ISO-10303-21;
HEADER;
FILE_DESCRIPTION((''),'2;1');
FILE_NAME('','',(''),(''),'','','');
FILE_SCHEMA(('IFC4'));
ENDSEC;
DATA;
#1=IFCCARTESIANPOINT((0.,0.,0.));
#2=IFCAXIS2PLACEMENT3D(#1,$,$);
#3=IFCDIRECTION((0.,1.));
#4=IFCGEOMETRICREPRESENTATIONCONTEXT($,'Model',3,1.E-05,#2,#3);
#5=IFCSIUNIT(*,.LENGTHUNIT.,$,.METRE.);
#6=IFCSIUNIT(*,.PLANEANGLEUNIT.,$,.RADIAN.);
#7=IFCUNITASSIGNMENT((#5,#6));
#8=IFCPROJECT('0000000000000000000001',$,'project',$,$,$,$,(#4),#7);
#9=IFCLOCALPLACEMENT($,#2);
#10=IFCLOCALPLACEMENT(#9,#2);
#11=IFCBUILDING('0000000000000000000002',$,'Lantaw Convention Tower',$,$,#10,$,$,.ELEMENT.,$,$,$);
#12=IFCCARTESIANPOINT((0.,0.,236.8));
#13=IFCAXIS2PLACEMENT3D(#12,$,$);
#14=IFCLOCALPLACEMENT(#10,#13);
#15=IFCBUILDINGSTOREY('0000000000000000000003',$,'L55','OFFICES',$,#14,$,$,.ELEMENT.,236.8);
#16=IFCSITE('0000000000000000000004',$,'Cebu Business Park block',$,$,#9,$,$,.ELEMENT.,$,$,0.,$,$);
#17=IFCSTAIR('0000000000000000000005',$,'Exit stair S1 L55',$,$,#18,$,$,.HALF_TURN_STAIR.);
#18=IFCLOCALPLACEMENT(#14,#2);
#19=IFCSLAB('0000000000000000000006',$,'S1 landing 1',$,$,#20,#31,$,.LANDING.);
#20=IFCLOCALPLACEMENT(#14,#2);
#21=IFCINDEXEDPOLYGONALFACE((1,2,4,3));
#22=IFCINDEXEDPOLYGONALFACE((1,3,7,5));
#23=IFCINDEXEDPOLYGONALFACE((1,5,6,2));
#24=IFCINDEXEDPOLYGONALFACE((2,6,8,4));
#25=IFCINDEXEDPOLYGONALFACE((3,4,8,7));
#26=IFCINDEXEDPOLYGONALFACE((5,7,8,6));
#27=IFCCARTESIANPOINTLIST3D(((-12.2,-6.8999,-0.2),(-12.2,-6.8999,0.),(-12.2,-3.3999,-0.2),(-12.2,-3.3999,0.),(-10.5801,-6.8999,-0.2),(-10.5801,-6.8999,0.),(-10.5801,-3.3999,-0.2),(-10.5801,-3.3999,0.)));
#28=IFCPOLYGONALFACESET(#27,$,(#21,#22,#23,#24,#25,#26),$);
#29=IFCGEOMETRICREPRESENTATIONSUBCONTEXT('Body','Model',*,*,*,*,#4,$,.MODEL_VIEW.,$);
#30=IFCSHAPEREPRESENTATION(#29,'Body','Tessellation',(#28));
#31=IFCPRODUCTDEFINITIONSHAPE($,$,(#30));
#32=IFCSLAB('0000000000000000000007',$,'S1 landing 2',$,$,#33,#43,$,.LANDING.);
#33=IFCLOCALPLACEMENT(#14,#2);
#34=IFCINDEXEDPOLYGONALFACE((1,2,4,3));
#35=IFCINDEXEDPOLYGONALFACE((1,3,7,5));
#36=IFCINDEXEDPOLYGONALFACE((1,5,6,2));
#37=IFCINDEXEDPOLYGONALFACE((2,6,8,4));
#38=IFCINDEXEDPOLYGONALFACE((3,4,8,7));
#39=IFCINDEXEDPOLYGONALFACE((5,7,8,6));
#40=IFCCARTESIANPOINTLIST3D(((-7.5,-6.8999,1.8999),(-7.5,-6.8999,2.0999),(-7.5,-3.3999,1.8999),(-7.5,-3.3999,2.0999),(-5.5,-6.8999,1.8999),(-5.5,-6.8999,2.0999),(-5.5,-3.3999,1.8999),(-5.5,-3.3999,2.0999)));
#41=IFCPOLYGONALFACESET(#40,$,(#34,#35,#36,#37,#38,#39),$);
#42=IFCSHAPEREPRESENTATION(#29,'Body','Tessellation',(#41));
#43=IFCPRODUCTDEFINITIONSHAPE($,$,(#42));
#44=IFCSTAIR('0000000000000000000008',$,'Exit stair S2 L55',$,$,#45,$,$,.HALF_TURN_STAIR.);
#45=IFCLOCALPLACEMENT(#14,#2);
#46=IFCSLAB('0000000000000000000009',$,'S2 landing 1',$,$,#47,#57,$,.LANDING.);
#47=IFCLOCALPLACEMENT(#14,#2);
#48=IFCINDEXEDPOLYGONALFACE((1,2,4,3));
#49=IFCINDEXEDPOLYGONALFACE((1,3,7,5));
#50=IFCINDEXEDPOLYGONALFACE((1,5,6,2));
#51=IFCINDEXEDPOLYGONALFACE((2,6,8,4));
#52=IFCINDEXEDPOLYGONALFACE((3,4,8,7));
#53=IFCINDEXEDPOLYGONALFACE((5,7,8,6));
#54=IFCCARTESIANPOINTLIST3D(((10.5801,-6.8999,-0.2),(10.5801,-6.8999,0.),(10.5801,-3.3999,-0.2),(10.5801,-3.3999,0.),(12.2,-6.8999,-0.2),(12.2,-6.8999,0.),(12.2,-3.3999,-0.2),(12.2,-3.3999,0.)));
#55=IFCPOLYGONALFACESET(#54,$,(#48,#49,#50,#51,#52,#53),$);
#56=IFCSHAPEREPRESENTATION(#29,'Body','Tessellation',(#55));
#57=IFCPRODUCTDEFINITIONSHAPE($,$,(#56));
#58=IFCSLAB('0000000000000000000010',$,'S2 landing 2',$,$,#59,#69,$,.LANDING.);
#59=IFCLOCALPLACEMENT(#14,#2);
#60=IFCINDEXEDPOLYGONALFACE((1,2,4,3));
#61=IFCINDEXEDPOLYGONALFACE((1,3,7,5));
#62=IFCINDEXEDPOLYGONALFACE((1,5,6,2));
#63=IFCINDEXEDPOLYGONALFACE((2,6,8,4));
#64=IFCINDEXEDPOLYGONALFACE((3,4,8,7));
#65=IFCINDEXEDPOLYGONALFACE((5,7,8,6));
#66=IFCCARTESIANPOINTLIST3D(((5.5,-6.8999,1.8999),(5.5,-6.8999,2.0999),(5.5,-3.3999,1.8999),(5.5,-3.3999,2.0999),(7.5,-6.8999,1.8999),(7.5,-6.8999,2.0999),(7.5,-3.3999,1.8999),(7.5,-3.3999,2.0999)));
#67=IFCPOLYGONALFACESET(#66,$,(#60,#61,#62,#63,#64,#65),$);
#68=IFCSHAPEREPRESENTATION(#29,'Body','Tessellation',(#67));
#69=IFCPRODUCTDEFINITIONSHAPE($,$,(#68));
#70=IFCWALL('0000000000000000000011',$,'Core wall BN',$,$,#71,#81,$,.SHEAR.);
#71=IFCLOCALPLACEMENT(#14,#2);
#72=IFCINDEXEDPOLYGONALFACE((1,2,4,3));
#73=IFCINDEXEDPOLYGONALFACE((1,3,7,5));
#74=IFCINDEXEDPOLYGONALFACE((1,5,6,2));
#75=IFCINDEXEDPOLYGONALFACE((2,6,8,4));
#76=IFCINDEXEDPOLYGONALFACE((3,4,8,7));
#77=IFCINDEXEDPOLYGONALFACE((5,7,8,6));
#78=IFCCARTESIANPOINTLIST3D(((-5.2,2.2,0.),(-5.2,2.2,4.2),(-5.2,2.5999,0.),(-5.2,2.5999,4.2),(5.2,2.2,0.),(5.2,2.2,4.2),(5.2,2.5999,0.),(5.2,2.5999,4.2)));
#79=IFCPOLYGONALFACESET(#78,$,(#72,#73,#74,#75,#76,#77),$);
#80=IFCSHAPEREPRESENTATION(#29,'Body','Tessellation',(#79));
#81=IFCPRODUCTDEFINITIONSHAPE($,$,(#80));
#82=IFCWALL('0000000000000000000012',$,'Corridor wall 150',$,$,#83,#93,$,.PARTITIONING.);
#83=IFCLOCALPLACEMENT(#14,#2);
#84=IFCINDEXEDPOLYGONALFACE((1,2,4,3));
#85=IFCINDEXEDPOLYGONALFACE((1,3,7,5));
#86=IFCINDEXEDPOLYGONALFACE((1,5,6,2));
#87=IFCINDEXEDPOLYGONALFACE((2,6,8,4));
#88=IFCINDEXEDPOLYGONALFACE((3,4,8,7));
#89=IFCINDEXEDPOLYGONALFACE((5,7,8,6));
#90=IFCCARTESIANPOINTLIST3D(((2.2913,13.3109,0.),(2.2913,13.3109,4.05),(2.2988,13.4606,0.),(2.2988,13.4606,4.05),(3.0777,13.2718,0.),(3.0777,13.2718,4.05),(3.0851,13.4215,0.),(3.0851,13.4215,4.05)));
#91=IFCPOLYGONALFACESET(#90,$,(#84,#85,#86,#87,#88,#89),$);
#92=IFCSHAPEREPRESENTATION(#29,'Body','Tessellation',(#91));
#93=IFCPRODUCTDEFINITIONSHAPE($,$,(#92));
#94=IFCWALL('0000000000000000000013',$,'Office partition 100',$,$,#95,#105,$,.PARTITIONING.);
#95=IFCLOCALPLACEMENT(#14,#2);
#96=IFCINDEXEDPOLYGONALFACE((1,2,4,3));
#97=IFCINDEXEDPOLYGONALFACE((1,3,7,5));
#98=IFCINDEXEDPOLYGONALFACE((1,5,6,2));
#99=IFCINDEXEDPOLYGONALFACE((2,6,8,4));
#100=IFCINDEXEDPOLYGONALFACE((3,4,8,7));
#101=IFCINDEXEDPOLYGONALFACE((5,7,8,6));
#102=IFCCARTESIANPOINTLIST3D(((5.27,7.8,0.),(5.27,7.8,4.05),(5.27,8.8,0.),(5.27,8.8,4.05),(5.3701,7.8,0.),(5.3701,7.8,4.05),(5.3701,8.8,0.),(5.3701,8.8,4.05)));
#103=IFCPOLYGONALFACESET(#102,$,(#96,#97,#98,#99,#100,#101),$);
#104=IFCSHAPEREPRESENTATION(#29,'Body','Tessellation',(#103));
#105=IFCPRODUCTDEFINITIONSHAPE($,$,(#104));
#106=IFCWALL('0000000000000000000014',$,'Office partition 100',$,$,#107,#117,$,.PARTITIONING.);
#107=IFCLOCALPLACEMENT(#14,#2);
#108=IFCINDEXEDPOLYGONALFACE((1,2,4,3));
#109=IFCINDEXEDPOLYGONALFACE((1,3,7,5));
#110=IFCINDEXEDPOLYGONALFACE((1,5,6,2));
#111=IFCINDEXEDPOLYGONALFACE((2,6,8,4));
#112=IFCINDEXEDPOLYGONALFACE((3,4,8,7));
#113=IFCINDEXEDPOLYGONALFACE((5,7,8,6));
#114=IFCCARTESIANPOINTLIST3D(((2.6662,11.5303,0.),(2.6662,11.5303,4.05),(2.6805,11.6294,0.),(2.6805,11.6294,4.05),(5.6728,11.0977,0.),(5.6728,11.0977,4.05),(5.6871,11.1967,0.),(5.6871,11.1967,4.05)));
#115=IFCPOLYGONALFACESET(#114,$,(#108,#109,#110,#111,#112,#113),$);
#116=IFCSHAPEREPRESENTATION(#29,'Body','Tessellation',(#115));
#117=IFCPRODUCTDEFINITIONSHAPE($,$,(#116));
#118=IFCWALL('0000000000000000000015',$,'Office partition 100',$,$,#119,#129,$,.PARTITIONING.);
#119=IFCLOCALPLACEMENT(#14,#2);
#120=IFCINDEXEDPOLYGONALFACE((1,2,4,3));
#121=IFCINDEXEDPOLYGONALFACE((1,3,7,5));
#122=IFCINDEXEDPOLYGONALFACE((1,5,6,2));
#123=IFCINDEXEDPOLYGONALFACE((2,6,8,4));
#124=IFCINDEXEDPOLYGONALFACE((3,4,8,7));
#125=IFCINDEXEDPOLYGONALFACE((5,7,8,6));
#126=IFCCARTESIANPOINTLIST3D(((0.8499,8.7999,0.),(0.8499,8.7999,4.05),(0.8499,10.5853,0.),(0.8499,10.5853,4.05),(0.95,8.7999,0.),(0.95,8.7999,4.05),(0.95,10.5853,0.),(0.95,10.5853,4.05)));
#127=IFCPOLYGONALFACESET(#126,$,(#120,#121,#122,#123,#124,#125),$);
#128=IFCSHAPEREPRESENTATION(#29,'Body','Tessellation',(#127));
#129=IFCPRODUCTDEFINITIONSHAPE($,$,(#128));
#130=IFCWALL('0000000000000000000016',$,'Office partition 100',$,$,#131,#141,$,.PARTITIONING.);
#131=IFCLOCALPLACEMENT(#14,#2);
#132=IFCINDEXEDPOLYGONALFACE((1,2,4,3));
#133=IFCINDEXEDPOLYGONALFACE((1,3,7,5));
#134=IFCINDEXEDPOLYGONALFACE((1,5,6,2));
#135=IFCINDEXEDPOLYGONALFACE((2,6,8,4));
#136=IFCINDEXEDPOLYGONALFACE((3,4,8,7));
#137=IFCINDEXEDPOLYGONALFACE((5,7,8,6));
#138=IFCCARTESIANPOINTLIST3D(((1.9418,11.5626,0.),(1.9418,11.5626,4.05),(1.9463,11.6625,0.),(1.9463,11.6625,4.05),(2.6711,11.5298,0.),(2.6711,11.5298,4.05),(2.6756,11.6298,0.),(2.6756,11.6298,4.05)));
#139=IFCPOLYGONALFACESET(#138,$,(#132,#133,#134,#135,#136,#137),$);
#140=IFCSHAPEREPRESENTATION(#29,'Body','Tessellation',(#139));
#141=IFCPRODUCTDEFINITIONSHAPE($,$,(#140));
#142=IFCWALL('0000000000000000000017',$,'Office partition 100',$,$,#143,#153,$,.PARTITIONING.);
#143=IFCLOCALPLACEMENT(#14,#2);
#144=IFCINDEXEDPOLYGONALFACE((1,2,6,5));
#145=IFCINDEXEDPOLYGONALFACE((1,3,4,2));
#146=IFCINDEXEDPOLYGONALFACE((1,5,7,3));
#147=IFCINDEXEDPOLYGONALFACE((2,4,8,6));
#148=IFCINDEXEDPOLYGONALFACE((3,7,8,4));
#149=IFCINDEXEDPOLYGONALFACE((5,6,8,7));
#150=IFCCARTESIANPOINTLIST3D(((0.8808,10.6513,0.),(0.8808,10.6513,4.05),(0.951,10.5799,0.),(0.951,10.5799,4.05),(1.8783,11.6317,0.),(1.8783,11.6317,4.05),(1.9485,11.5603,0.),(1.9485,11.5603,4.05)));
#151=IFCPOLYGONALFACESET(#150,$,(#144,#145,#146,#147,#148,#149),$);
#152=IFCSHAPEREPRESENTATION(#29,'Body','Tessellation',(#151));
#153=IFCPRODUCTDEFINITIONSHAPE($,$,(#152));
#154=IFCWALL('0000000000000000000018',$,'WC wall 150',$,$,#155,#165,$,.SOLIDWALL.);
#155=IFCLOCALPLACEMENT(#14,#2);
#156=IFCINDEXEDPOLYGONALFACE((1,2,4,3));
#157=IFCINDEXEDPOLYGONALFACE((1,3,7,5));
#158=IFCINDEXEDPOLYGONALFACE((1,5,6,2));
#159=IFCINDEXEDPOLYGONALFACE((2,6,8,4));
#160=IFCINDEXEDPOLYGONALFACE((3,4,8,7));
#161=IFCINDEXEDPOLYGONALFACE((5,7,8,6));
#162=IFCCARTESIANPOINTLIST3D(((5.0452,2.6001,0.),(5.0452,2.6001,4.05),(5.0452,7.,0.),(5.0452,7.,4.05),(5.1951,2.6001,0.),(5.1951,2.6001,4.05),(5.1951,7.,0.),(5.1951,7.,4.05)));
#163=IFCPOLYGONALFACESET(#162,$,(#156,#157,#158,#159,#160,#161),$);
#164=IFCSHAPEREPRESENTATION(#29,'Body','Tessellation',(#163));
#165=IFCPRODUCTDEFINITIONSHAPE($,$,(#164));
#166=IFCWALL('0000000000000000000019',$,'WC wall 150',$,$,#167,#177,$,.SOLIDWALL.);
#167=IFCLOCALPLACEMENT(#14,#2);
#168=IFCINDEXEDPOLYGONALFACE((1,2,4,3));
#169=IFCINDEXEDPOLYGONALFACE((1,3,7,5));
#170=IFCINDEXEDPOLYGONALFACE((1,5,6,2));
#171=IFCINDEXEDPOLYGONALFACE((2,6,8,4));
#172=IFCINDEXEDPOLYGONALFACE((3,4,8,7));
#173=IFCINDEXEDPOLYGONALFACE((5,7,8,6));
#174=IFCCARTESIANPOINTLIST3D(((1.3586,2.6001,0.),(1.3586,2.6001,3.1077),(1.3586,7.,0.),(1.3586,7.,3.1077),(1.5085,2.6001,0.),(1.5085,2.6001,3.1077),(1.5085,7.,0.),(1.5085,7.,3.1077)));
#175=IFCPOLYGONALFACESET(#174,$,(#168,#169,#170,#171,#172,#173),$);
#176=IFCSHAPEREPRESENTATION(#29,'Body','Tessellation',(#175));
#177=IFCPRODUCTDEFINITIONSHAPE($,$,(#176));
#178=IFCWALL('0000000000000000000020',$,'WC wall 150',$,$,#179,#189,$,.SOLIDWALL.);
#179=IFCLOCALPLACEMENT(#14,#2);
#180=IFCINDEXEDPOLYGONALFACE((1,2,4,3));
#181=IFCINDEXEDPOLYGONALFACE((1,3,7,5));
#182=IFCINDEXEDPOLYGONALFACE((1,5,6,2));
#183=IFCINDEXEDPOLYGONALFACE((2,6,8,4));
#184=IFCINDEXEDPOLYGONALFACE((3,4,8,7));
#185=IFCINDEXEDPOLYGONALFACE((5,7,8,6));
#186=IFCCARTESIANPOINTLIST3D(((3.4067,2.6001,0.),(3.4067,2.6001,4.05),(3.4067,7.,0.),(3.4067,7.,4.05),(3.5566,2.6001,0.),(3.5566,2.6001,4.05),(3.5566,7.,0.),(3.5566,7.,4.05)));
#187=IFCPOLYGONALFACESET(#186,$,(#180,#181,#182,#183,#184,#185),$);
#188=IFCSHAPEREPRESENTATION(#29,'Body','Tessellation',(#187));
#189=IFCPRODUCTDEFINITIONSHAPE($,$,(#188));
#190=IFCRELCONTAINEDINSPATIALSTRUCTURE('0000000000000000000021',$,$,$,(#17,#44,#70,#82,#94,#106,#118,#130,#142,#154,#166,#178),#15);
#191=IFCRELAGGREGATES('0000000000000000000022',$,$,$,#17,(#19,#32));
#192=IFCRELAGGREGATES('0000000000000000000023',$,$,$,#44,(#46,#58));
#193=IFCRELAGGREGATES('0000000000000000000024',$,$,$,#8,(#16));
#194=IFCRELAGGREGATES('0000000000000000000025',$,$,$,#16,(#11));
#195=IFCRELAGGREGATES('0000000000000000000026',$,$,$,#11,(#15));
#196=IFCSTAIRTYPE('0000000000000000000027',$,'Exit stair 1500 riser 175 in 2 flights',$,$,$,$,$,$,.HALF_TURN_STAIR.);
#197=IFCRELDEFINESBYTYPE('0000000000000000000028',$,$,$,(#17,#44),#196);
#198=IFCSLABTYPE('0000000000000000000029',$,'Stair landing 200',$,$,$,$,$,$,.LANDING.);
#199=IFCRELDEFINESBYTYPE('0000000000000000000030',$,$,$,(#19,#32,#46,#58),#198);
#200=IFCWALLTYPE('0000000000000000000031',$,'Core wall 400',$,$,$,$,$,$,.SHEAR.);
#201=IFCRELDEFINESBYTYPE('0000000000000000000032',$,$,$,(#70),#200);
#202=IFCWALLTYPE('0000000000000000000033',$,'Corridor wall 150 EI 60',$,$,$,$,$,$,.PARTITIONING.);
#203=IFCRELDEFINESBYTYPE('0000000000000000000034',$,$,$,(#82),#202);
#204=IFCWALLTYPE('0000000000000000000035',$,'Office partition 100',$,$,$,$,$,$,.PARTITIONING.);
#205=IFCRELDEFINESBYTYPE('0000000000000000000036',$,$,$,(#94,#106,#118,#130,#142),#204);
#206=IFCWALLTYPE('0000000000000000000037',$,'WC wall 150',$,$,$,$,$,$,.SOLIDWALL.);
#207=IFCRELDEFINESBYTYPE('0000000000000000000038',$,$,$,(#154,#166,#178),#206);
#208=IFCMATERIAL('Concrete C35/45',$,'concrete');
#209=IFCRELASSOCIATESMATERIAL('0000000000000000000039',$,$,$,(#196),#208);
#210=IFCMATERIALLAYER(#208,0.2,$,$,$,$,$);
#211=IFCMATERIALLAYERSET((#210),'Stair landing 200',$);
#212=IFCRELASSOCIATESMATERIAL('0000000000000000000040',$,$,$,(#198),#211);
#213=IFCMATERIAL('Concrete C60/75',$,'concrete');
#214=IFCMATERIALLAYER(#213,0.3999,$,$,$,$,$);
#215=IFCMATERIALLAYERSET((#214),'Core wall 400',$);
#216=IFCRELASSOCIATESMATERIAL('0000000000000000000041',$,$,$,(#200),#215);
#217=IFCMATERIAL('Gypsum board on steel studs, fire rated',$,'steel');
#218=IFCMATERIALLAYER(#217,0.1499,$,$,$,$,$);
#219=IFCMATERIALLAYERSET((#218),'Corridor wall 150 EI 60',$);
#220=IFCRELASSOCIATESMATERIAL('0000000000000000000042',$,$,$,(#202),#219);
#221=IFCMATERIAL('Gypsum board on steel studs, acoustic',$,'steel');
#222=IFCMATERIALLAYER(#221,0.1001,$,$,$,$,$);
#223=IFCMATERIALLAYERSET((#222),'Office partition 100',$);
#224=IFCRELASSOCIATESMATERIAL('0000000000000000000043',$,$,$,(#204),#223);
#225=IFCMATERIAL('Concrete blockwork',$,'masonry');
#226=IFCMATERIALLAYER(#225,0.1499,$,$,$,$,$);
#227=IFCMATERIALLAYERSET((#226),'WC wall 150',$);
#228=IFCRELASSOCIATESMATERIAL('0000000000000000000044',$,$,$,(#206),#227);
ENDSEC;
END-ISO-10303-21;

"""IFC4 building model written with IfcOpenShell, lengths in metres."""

from ifc_helpers import new_model, si_unit, direction, frame, frame_2d, origin, place, context, subcontext, project, spatial, polyline, rectangle, outline, extrude, material, layer, layer_set, type_object, element, aggregate, save


model = new_model("IFC4")

# Units and contexts
model_context = context("Model", 3, precision=1e-05, world=origin(), true_north=direction((0.0, 1.0)))
body_context = subcontext(model_context, "Body", "Model", "MODEL_VIEW")
ifc_project = project(units=[si_unit("LENGTHUNIT", "METRE"), si_unit("PLANEANGLEUNIT", "RADIAN")], contexts=[model_context])

# Site, building, storey
site_placement = place(None, origin())
site = spatial("IfcSite", under=ifc_project, at=site_placement, Name="Cebu Business Park block", CompositionType="ELEMENT", RefElevation=0.0)
building_placement = place(site_placement, origin())
building = spatial("IfcBuilding", under=site, at=building_placement, Name="Lantaw Convention Tower", CompositionType="ELEMENT")
storey_placement = place(building_placement, frame((0.0, 0.0, 236.8)))
storey = spatial("IfcBuildingStorey", under=building, at=storey_placement, Name="L55", Description="OFFICES", CompositionType="ELEMENT", Elevation=236.8)

# Stairs, slabs
ifc_material_1 = material(Name="Concrete C35/45", Category="concrete")
stair_type = type_object("IfcStairType", Name="Exit stair 1500 riser 175 in 2 flights", PredefinedType="HALF_TURN_STAIR", material=ifc_material_1)
stair_1_placement = place(storey_placement, origin())
stair_1 = element("IfcStair", 1, at=stair_1_placement, inside=storey, type_object=stair_type, Name="Exit stair S1 L55", PredefinedType="HALF_TURN_STAIR")
ifc_layer_1 = layer(ifc_material_1, 0.2)
ifc_layer_set_1 = layer_set([ifc_layer_1], Name="Stair landing 200")
slab_type = type_object("IfcSlabType", Name="Stair landing 200", PredefinedType="LANDING", material=ifc_layer_set_1)
slab_1_placement = place(storey_placement, frame((0.0, 0.0, -0.2)))
slab_1 = element("IfcSlab", 2, at=slab_1_placement, type_object=slab_type, Name="S1 landing 1", PredefinedType="LANDING", context=body_context, shape_type="SweptSolid", body=[
    extrude(outline(polyline([(-12.2, -6.8999), (-10.5801, -6.8999), (-10.5801, -3.3999), (-12.2, -3.3999), (-12.2, -6.8999)])), origin(), (0.0, 0.0, 1.0), 0.2),
])
slab_2_placement = place(storey_placement, frame((0.0, 0.0, 1.8999)))
slab_2 = element("IfcSlab", 3, at=slab_2_placement, type_object=slab_type, Name="S1 landing 2", PredefinedType="LANDING", context=body_context, shape_type="SweptSolid", body=[
    extrude(outline(polyline([(-7.5, -6.8999), (-5.5, -6.8999), (-5.5, -3.3999), (-7.5, -3.3999), (-7.5, -6.8999)])), origin(), (0.0, 0.0, 1.0), 0.2),
])
aggregate(stair_1, [slab_1, slab_2])
stair_2_placement = place(storey_placement, origin())
stair_2 = element("IfcStair", 4, at=stair_2_placement, inside=storey, type_object=stair_type, Name="Exit stair S2 L55", PredefinedType="HALF_TURN_STAIR")
slab_3_placement = place(storey_placement, frame((0.0, 0.0, -0.2)))
slab_3 = element("IfcSlab", 5, at=slab_3_placement, type_object=slab_type, Name="S2 landing 1", PredefinedType="LANDING", context=body_context, shape_type="SweptSolid", body=[
    extrude(outline(polyline([(10.5801, -6.8999), (12.2, -6.8999), (12.2, -3.3999), (10.5801, -3.3999), (10.5801, -6.8999)])), origin(), (0.0, 0.0, 1.0), 0.2),
])
slab_4_placement = place(storey_placement, frame((0.0, 0.0, 1.8999)))
slab_4 = element("IfcSlab", 6, at=slab_4_placement, type_object=slab_type, Name="S2 landing 2", PredefinedType="LANDING", context=body_context, shape_type="SweptSolid", body=[
    extrude(outline(polyline([(5.5, -6.8999), (7.5, -6.8999), (7.5, -3.3999), (5.5, -3.3999), (5.5, -6.8999)])), origin(), (0.0, 0.0, 1.0), 0.2),
])
aggregate(stair_2, [slab_3, slab_4])

# Walls
ifc_material_2 = material(Name="Concrete C60/75", Category="concrete")
ifc_layer_2 = layer(ifc_material_2, 0.3999)
ifc_layer_set_2 = layer_set([ifc_layer_2], Name="Core wall 400")
wall_type_1 = type_object("IfcWallType", Name="Core wall 400", PredefinedType="SHEAR", material=ifc_layer_set_2)
wall_1_placement = place(storey_placement, frame((5.2, 2.3999, 0.0), z_axis=(0.0, 0.0, 1.0), x_axis=(-1.0, 0.0, 0.0)))
element("IfcWall", 7, at=wall_1_placement, inside=storey, type_object=wall_type_1, Name="Core wall BN", PredefinedType="SHEAR", context=body_context, shape_type="SweptSolid", body=[
    extrude(rectangle(XDim=10.3999, YDim=0.3999, at=frame_2d((5.2, 0.0))), origin(), (0.0, 0.0, 1.0), 4.2),
])
ifc_material_3 = material(Name="Gypsum board on steel studs, fire rated", Category="steel")
ifc_layer_3 = layer(ifc_material_3, 0.1499)
ifc_layer_set_3 = layer_set([ifc_layer_3], Name="Corridor wall 150 EI 60")
wall_type_2 = type_object("IfcWallType", Name="Corridor wall 150 EI 60", PredefinedType="PARTITIONING", material=ifc_layer_set_3)
wall_2_placement = place(storey_placement, frame((3.0813, 13.3467, 0.0), z_axis=(0.0, 0.0, 1.0), x_axis=(-0.998769, 0.049613, 0.0)))
element("IfcWall", 8, at=wall_2_placement, inside=storey, type_object=wall_type_2, Name="Corridor wall 150", PredefinedType="PARTITIONING", context=body_context, shape_type="SweptSolid", body=[
    extrude(rectangle(XDim=0.7874, YDim=0.1499, at=frame_2d((0.3936, 0.0))), origin(), (0.0, 0.0, 1.0), 4.05),
])
ifc_material_4 = material(Name="Gypsum board on steel studs, acoustic", Category="steel")
ifc_layer_4 = layer(ifc_material_4, 0.1001)
ifc_layer_set_4 = layer_set([ifc_layer_4], Name="Office partition 100")
wall_type_3 = type_object("IfcWallType", Name="Office partition 100", PredefinedType="PARTITIONING", material=ifc_layer_set_4)
wall_3_placement = place(storey_placement, frame((5.3201, 7.8, 0.0), z_axis=(0.0, 0.0, 1.0), x_axis=(0.0, 1.0, 0.0)))
element("IfcWall", 9, at=wall_3_placement, inside=storey, type_object=wall_type_3, Name="Office partition 100", PredefinedType="PARTITIONING", context=body_context, shape_type="SweptSolid", body=[
    extrude(rectangle(XDim=1.0, YDim=0.1001, at=frame_2d((0.5, 0.0))), origin(), (0.0, 0.0, 1.0), 4.05),
])
wall_4_placement = place(storey_placement, frame((2.6733, 11.5798, 0.0), z_axis=(0.0, 0.0, 1.0), x_axis=(0.989806, -0.142423, 0.0)))
element("IfcWall", 10, at=wall_4_placement, inside=storey, type_object=wall_type_3, Name="Office partition 100", PredefinedType="PARTITIONING", context=body_context, shape_type="SweptSolid", body=[
    extrude(rectangle(XDim=3.0376, YDim=0.1001, at=frame_2d((1.5188, 0.0))), origin(), (0.0, 0.0, 1.0), 4.05),
])
wall_5_placement = place(storey_placement, frame((0.8999, 8.8, 0.0), z_axis=(0.0, 0.0, 1.0), x_axis=(0.0, 1.0, 0.0)))
element("IfcWall", 11, at=wall_5_placement, inside=storey, type_object=wall_type_3, Name="Office partition 100", PredefinedType="PARTITIONING", context=body_context, shape_type="SweptSolid", body=[
    extrude(rectangle(XDim=1.7854, YDim=0.1001, at=frame_2d((0.8926, 0.0))), origin(), (0.0, 0.0, 1.0), 4.05),
])
wall_6_placement = place(storey_placement, frame((1.9441, 11.6125, 0.0), z_axis=(0.0, 0.0, 1.0), x_axis=(0.998995, -0.044816, 0.0)))
element("IfcWall", 12, at=wall_6_placement, inside=storey, type_object=wall_type_3, Name="Office partition 100", PredefinedType="PARTITIONING", context=body_context, shape_type="SweptSolid", body=[
    extrude(rectangle(XDim=0.73, YDim=0.1001, at=frame_2d((0.365, 0.0))), origin(), (0.0, 0.0, 1.0), 4.05),
])
wall_7_placement = place(storey_placement, frame((1.9133, 11.5959, 0.0), z_axis=(0.0, 0.0, 1.0), x_axis=(-0.713189, -0.700971, 0.0)))
element("IfcWall", 13, at=wall_7_placement, inside=storey, type_object=wall_type_3, Name="Office partition 100", PredefinedType="PARTITIONING", context=body_context, shape_type="SweptSolid", body=[
    extrude(rectangle(XDim=1.3987, YDim=0.1001, at=frame_2d((0.6992, 0.0))), origin(), (0.0, 0.0, 1.0), 4.05),
])
ifc_material_5 = material(Name="Concrete blockwork", Category="masonry")
ifc_layer_5 = layer(ifc_material_5, 0.1499)
ifc_layer_set_5 = layer_set([ifc_layer_5], Name="WC wall 150")
wall_type_4 = type_object("IfcWallType", Name="WC wall 150", PredefinedType="SOLIDWALL", material=ifc_layer_set_5)
wall_8_placement = place(storey_placement, frame((5.1201, 2.6001, 0.0), z_axis=(0.0, 0.0, 1.0), x_axis=(0.0, 1.0, 0.0)))
element("IfcWall", 14, at=wall_8_placement, inside=storey, type_object=wall_type_4, Name="WC wall 150", PredefinedType="SOLIDWALL", context=body_context, shape_type="SweptSolid", body=[
    extrude(rectangle(XDim=4.3999, YDim=0.1499, at=frame_2d((2.2, 0.0))), origin(), (0.0, 0.0, 1.0), 4.05),
])
wall_9_placement = place(storey_placement, frame((1.4336, 2.6001, 0.0), z_axis=(0.0, 0.0, 1.0), x_axis=(0.0, 1.0, 0.0)))
element("IfcWall", 15, at=wall_9_placement, inside=storey, type_object=wall_type_4, Name="WC wall 150", PredefinedType="SOLIDWALL", context=body_context, shape_type="SweptSolid", body=[
    extrude(rectangle(XDim=4.3999, YDim=0.1499, at=frame_2d((2.2, 0.0))), origin(), (0.0, 0.0, 1.0), 3.1077),
])
wall_10_placement = place(storey_placement, frame((3.4817, 2.6001, 0.0), z_axis=(0.0, 0.0, 1.0), x_axis=(0.0, 1.0, 0.0)))
element("IfcWall", 16, at=wall_10_placement, inside=storey, type_object=wall_type_4, Name="WC wall 150", PredefinedType="SOLIDWALL", context=body_context, shape_type="SweptSolid", body=[
    extrude(rectangle(XDim=4.3999, YDim=0.1499, at=frame_2d((2.2, 0.0))), origin(), (0.0, 0.0, 1.0), 4.05),
])

save(model, "model.ifc")
